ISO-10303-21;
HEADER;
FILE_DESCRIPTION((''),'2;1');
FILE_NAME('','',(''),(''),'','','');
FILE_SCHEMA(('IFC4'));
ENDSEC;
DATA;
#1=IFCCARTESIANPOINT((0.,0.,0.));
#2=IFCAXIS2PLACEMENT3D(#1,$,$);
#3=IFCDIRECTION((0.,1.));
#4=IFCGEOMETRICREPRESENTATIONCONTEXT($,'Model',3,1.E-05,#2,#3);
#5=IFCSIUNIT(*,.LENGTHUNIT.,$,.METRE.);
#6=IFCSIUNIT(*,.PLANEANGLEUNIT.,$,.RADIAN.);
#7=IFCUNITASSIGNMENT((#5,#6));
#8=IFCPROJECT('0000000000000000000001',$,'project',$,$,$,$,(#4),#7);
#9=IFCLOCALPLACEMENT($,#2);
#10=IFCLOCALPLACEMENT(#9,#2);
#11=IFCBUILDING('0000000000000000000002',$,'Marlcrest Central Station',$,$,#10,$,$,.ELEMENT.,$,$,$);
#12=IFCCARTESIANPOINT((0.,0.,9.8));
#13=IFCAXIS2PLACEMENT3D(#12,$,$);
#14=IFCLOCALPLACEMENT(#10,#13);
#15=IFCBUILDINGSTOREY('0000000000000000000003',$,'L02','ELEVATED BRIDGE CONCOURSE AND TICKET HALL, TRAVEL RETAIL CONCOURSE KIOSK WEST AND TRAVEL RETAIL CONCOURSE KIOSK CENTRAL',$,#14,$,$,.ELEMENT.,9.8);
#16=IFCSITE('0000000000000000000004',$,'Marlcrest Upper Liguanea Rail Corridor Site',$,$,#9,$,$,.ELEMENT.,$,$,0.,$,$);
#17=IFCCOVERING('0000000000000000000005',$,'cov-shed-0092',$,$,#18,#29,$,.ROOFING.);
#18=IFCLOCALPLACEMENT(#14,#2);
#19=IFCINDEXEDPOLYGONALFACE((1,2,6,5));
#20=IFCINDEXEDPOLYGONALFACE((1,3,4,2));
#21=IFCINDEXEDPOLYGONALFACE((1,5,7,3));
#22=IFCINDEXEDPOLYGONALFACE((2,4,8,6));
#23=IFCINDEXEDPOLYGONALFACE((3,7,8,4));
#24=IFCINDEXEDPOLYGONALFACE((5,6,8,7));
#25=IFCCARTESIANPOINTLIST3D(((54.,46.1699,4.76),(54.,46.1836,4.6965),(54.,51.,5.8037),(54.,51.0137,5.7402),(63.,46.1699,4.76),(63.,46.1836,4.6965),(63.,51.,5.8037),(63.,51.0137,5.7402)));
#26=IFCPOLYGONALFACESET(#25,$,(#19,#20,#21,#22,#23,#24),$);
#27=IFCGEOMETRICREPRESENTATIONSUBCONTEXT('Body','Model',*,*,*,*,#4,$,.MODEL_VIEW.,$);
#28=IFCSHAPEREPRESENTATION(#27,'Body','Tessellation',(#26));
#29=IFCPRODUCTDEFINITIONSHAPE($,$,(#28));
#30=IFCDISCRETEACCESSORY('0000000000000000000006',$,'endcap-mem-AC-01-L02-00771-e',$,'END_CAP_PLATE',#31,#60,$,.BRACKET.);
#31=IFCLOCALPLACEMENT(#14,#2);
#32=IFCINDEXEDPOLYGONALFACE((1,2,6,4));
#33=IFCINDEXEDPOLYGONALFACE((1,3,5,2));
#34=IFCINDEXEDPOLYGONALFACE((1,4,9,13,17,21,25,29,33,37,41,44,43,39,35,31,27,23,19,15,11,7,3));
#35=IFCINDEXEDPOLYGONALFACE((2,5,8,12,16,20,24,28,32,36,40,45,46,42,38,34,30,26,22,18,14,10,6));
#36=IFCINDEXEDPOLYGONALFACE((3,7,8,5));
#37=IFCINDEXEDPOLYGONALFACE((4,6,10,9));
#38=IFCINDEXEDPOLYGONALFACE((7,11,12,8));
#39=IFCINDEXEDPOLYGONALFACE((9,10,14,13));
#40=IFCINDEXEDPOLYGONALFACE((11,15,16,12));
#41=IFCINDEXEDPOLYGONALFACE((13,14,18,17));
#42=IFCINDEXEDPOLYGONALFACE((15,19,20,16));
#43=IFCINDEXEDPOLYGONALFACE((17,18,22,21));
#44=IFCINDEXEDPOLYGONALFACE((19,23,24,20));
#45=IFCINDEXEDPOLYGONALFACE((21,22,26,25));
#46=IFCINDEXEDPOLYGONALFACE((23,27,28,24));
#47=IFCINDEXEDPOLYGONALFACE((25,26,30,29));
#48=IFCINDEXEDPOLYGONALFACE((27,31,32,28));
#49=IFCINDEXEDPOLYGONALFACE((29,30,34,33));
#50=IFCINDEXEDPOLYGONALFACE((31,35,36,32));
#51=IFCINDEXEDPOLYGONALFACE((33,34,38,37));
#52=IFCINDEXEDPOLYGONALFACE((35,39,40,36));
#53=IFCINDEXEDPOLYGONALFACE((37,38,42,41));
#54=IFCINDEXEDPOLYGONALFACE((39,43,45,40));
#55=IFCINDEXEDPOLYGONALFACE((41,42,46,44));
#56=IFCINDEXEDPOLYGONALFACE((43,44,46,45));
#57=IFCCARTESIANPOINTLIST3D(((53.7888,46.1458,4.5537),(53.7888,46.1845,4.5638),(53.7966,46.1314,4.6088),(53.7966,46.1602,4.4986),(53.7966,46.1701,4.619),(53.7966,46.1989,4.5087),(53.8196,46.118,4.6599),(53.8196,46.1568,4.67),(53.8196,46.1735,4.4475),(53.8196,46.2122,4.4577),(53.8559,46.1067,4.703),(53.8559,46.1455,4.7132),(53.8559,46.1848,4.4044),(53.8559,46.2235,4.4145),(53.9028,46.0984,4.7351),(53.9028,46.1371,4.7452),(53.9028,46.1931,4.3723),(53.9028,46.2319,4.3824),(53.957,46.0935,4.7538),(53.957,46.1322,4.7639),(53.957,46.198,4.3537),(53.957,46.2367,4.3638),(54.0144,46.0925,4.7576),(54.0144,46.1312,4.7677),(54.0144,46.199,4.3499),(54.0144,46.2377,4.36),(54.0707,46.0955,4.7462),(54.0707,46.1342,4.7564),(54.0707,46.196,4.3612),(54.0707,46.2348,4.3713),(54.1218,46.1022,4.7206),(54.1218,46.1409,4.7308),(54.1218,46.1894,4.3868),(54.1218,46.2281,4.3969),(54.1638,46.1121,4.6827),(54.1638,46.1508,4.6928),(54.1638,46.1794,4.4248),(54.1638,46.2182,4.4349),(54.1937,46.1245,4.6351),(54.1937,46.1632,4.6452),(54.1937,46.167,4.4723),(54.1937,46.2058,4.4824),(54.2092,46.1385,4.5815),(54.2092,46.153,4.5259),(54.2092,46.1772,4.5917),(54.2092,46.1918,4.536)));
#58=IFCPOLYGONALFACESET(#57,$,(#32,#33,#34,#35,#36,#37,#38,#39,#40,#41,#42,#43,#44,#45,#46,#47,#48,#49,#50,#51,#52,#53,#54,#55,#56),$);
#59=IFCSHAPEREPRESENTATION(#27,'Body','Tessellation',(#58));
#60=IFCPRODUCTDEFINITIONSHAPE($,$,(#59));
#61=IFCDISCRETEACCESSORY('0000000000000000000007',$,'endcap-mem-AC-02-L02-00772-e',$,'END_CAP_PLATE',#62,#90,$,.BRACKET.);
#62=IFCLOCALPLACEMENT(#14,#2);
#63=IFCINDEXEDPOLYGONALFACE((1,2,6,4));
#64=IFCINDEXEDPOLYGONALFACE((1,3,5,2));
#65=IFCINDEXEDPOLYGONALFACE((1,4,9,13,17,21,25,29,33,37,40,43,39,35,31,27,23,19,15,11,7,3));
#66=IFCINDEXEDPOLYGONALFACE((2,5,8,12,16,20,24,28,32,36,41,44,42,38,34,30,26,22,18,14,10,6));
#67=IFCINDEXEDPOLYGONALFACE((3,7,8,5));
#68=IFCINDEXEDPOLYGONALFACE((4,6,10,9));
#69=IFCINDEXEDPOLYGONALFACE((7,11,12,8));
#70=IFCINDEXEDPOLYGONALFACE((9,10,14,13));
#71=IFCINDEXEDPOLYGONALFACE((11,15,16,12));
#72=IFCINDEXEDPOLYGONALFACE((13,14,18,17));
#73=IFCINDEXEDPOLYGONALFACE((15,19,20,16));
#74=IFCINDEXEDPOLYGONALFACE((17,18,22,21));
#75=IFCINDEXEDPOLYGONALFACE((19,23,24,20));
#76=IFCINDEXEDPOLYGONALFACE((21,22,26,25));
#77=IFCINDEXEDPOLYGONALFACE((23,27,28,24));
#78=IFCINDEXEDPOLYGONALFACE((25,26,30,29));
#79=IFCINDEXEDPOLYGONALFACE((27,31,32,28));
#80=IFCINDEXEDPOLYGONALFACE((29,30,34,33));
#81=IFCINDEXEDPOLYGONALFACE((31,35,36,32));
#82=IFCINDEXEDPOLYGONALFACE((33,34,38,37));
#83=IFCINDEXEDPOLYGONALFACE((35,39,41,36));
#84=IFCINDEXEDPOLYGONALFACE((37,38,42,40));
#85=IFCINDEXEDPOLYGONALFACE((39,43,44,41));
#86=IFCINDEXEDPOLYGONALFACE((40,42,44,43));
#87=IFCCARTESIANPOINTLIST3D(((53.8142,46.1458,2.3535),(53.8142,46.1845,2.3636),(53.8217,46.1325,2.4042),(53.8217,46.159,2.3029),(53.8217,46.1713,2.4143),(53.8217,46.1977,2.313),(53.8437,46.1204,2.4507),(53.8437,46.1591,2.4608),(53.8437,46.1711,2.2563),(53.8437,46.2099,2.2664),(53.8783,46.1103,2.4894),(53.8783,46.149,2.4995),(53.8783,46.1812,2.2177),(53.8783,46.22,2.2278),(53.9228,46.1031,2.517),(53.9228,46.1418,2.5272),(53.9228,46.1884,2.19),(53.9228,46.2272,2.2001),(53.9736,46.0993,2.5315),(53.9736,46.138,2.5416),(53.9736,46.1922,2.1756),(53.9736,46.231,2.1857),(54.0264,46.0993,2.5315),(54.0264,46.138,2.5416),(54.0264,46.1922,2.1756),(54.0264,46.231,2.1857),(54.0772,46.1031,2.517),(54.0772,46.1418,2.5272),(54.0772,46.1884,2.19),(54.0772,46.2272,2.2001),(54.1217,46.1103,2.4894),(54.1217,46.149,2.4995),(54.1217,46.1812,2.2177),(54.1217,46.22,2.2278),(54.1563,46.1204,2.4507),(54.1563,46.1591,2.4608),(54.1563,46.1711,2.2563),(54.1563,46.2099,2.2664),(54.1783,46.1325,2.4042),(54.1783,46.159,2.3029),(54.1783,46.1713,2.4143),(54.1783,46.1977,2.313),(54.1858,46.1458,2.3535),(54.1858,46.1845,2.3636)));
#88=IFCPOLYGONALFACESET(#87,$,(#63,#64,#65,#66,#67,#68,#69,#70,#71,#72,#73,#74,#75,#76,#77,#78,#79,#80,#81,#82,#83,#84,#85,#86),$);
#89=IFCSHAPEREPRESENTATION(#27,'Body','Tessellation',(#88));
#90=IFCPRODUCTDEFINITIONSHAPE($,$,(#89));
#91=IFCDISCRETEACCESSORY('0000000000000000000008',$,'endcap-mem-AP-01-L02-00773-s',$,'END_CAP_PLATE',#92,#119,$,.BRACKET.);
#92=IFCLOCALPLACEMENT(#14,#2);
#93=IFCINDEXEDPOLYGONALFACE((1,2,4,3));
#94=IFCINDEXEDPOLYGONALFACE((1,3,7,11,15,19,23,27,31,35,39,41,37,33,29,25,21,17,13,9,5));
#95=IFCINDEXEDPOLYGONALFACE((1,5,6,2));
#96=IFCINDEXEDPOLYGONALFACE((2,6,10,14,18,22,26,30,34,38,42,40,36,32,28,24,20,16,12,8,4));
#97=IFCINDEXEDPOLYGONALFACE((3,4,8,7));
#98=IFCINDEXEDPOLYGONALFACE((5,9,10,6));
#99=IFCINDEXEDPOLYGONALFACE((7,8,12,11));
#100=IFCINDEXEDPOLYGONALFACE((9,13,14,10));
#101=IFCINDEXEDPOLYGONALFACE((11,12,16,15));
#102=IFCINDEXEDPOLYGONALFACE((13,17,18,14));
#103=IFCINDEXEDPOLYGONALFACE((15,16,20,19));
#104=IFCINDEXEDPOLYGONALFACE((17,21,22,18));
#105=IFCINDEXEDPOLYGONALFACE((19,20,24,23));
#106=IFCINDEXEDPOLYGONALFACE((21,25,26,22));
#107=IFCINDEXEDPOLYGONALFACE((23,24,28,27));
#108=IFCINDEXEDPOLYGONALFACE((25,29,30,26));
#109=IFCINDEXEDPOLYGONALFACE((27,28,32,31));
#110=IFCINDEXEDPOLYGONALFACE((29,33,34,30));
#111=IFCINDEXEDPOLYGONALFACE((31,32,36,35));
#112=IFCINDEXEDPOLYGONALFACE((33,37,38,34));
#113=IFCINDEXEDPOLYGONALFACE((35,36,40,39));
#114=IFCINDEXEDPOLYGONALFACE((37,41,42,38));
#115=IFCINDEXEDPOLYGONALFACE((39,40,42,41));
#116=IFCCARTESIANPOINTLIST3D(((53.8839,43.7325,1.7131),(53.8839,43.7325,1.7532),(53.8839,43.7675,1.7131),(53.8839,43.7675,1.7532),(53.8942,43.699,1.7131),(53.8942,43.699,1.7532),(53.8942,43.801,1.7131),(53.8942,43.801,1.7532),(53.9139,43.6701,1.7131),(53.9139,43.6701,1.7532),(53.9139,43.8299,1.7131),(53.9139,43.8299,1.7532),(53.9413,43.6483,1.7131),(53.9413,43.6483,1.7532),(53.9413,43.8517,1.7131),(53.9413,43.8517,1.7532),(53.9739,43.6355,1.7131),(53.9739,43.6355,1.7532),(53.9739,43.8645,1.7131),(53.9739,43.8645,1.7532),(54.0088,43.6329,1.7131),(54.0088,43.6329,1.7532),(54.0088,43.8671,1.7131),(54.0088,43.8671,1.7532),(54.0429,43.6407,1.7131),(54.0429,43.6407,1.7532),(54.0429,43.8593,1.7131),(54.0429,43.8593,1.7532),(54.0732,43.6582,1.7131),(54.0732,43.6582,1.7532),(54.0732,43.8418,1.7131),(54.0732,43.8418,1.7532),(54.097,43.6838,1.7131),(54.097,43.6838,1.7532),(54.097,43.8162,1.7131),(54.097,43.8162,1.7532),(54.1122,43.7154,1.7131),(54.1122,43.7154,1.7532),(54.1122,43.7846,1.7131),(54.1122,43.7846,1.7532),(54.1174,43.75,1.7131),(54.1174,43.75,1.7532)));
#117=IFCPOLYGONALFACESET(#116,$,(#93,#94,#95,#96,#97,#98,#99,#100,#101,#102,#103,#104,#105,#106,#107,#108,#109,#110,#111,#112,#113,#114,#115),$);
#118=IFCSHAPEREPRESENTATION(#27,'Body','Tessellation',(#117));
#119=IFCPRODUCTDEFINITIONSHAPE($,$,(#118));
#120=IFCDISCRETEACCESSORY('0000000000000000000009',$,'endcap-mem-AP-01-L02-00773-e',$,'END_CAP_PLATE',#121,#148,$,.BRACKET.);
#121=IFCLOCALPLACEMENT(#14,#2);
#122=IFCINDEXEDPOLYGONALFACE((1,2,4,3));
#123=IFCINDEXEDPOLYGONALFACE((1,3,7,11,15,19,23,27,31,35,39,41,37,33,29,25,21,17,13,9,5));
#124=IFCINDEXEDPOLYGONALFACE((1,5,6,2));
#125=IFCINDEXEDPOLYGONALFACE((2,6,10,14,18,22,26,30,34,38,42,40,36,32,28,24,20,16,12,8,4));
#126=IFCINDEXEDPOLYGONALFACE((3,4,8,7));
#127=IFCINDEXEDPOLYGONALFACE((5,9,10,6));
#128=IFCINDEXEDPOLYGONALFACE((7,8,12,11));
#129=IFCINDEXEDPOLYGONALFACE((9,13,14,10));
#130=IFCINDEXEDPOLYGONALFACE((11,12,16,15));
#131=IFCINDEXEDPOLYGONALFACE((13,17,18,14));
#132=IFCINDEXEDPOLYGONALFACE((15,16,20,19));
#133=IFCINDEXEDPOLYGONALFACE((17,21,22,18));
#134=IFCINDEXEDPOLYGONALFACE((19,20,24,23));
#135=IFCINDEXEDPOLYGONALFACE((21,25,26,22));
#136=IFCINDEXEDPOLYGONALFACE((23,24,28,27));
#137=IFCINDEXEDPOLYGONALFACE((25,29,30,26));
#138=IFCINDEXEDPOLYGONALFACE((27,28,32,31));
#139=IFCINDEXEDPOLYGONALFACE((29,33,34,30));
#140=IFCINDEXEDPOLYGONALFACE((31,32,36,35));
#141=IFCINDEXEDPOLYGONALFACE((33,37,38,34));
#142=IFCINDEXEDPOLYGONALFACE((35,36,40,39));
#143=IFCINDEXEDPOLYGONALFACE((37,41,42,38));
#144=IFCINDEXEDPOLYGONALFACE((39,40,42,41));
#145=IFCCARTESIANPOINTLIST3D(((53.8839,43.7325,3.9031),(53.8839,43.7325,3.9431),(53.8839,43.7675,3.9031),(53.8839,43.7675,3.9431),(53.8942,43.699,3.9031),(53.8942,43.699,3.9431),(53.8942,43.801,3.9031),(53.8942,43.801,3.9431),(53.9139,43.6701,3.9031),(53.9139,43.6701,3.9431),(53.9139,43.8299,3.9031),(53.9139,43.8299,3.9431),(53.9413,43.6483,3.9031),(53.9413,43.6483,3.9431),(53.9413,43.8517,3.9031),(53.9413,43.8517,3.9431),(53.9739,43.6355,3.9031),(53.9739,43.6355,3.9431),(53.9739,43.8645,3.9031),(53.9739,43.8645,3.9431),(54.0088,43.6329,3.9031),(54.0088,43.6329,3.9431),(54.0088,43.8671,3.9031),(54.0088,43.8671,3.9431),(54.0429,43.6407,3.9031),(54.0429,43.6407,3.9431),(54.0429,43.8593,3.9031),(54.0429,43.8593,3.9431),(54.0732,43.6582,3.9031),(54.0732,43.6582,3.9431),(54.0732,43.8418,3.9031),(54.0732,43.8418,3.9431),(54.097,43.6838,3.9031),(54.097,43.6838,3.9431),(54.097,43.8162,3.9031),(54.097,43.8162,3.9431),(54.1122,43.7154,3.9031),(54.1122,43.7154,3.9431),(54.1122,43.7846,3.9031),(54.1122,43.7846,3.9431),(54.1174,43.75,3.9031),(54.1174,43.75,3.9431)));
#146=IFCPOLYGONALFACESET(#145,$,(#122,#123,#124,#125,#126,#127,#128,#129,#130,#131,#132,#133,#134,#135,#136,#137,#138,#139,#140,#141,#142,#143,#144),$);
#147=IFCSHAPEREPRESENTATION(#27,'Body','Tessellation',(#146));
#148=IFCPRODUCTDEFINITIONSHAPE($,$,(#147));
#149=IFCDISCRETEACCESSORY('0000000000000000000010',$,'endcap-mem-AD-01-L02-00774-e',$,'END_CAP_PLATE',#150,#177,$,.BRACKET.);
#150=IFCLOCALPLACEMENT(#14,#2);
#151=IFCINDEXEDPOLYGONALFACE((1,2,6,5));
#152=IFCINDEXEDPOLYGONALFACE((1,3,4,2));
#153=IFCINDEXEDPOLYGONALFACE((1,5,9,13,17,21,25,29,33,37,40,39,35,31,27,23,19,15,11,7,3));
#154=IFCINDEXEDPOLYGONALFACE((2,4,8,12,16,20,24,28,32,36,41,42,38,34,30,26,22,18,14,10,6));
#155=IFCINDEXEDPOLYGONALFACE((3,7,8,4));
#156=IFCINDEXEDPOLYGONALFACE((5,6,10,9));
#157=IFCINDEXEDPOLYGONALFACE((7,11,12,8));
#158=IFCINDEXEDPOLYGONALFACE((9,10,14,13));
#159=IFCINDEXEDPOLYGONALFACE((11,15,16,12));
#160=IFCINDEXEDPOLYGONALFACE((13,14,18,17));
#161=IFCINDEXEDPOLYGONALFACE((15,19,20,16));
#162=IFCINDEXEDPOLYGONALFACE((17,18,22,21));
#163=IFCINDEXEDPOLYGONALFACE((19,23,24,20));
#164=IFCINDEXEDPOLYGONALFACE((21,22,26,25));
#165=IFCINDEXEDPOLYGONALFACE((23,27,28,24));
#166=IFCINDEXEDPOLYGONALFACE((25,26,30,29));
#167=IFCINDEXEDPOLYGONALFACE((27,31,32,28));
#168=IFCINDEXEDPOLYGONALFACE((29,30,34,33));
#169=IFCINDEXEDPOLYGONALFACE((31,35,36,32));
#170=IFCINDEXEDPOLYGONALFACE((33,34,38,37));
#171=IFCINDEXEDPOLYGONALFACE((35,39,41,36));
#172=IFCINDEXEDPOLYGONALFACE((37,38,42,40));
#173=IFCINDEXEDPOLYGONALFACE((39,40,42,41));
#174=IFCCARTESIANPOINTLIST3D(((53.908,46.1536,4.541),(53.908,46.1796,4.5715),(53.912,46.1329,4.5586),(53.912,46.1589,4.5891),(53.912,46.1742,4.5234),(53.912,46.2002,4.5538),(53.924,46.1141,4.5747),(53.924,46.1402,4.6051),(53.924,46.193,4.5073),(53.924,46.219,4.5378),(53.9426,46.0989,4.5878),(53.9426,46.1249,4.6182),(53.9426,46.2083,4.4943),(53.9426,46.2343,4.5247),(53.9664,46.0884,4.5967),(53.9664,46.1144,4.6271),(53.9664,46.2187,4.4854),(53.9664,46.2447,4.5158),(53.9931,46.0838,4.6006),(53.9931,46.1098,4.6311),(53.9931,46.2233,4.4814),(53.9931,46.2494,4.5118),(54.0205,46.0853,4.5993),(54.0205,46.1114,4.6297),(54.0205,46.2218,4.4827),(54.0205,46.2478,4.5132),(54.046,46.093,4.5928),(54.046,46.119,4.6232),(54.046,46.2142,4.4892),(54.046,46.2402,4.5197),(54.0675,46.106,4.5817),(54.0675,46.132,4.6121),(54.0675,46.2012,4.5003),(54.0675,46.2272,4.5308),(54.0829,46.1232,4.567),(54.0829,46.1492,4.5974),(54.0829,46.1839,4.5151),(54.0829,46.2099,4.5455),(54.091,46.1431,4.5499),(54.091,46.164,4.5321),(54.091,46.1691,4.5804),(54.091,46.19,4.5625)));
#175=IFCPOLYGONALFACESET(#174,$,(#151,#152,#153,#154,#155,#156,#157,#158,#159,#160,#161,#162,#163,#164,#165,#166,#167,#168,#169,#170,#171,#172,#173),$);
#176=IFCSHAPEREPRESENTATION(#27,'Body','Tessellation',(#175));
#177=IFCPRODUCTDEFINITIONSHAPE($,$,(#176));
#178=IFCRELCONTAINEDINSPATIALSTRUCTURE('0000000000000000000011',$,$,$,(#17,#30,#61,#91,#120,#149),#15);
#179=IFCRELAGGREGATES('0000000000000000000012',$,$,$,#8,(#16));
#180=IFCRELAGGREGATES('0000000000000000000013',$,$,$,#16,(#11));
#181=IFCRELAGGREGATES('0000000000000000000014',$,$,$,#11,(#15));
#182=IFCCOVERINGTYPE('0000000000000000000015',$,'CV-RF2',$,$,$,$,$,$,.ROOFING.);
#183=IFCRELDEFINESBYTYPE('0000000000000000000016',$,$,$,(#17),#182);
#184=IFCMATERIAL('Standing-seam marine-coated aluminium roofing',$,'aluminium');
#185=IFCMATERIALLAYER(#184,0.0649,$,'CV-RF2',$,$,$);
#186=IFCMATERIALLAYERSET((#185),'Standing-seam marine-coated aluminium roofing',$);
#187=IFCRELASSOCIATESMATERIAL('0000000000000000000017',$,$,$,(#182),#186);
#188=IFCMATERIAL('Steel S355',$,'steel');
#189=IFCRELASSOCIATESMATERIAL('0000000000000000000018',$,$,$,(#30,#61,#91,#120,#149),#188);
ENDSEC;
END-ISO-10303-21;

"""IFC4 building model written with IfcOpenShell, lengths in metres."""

from ifc_helpers import new_model, si_unit, direction, frame, origin, origin_2d, place, context, subcontext, project, spatial, polyline, circle, outline, extrude, material, layer, layer_set, type_object, element, save


model = new_model("IFC4")

# Units and contexts
model_context = context("Model", 3, precision=1e-05, world=origin(), true_north=direction((0.0, 1.0)))
body_context = subcontext(model_context, "Body", "Model", "MODEL_VIEW")
ifc_project = project(units=[si_unit("LENGTHUNIT", "METRE"), si_unit("PLANEANGLEUNIT", "RADIAN")], contexts=[model_context])

# Site, building, storey
site_placement = place(None, origin())
site = spatial("IfcSite", under=ifc_project, at=site_placement, Name="Marlcrest Upper Liguanea Rail Corridor Site", CompositionType="ELEMENT", RefElevation=0.0)
building_placement = place(site_placement, origin())
building = spatial("IfcBuilding", under=site, at=building_placement, Name="Marlcrest Central Station", CompositionType="ELEMENT")
storey_placement = place(building_placement, frame((0.0, 0.0, 9.8)))
storey = spatial("IfcBuildingStorey", under=building, at=storey_placement, Name="L02", Description="ELEVATED BRIDGE CONCOURSE AND TICKET HALL, TRAVEL RETAIL CONCOURSE KIOSK WEST AND TRAVEL RETAIL CONCOURSE KIOSK CENTRAL", CompositionType="ELEMENT", Elevation=9.8)

# Shared definitions
ifc_material_1 = material(Name="Steel S355", Category="steel")

# Covering
ifc_material_2 = material(Name="Standing-seam marine-coated aluminium roofing", Category="aluminium")
ifc_layer_1 = layer(ifc_material_2, 0.0649, Name="CV-RF2")
ifc_layer_set_1 = layer_set([ifc_layer_1], Name="Standing-seam marine-coated aluminium roofing")
covering_type = type_object("IfcCoveringType", Name="CV-RF2", PredefinedType="ROOFING", material=ifc_layer_set_1)
covering_placement = place(storey_placement, frame((54.0, 46.1699, 4.76), z_axis=(0.0, -0.211209, 0.977441), x_axis=(1.0, 0.0, 0.0)))
element("IfcCovering", 1, at=covering_placement, inside=storey, type_object=covering_type, Name="cov-shed-0092", PredefinedType="ROOFING", context=body_context, shape_type="SweptSolid", body=[
    extrude(outline(polyline([(0.0, 0.0), (9.0, 0.0), (9.0, 4.9416), (0.0, 4.9416), (0.0, 0.0)])), origin(), (0.0, 0.0, -1.0), 0.0649),
])

# Discrete accessories
discrete_accessory_1_placement = place(storey_placement, frame((54.0, 46.1458, 4.5537), z_axis=(0.0, 0.967539, 0.25272), x_axis=(-1.0, 0.0, 0.0)))
element("IfcDiscreteAccessory", 2, at=discrete_accessory_1_placement, inside=storey, material=ifc_material_1, Name="endcap-mem-AC-01-L02-00771-e", ObjectType="END_CAP_PLATE", PredefinedType="BRACKET", context=body_context, shape_type="SweptSolid", body=[
    extrude(circle(Radius=0.2112, at=origin_2d()), origin(), (0.0, 0.0, 1.0), 0.04),
])
discrete_accessory_2_placement = place(storey_placement, frame((54.0, 46.1458, 2.3535), z_axis=(0.0, 0.967563, 0.252629), x_axis=(-1.0, 0.0, 0.0)))
element("IfcDiscreteAccessory", 3, at=discrete_accessory_2_placement, inside=storey, material=ifc_material_1, Name="endcap-mem-AC-02-L02-00772-e", ObjectType="END_CAP_PLATE", PredefinedType="BRACKET", context=body_context, shape_type="SweptSolid", body=[
    extrude(circle(Radius=0.1858, at=origin_2d()), origin(), (0.0, 0.0, 1.0), 0.04),
])
for number, where, z_axis, x_axis, name in (
    (4, (54.0, 43.75, 1.7131), (0.0, 0.0, 1.0), (1.0, 0.0, 0.0), "endcap-mem-AP-01-L02-00773-s"),
    (5, (54.0, 43.75, 3.9031), (0.0, 0.0, 1.0), (1.0, 0.0, 0.0), "endcap-mem-AP-01-L02-00773-e"),
):
    element("IfcDiscreteAccessory", number, at=place(storey_placement, frame(where, z_axis=z_axis, x_axis=x_axis)), inside=storey, material=ifc_material_1, Name=name, ObjectType="END_CAP_PLATE", PredefinedType="BRACKET", context=body_context, shape_type="SweptSolid", body=[
        extrude(circle(Radius=0.1174, at=origin_2d()), origin(), (0.0, 0.0, 1.0), 0.04),
    ])
discrete_accessory_3_placement = place(storey_placement, frame((54.0, 46.1536, 4.541), z_axis=(0.0, 0.649625, 0.760255), x_axis=(-1.0, 0.0, 0.0)))
element("IfcDiscreteAccessory", 6, at=discrete_accessory_3_placement, inside=storey, material=ifc_material_1, Name="endcap-mem-AD-01-L02-00774-e", ObjectType="END_CAP_PLATE", PredefinedType="BRACKET", context=body_context, shape_type="SweptSolid", body=[
    extrude(circle(Radius=0.092, at=origin_2d()), origin(), (0.0, 0.0, 1.0), 0.04),
])

save(model, "model.ifc")
